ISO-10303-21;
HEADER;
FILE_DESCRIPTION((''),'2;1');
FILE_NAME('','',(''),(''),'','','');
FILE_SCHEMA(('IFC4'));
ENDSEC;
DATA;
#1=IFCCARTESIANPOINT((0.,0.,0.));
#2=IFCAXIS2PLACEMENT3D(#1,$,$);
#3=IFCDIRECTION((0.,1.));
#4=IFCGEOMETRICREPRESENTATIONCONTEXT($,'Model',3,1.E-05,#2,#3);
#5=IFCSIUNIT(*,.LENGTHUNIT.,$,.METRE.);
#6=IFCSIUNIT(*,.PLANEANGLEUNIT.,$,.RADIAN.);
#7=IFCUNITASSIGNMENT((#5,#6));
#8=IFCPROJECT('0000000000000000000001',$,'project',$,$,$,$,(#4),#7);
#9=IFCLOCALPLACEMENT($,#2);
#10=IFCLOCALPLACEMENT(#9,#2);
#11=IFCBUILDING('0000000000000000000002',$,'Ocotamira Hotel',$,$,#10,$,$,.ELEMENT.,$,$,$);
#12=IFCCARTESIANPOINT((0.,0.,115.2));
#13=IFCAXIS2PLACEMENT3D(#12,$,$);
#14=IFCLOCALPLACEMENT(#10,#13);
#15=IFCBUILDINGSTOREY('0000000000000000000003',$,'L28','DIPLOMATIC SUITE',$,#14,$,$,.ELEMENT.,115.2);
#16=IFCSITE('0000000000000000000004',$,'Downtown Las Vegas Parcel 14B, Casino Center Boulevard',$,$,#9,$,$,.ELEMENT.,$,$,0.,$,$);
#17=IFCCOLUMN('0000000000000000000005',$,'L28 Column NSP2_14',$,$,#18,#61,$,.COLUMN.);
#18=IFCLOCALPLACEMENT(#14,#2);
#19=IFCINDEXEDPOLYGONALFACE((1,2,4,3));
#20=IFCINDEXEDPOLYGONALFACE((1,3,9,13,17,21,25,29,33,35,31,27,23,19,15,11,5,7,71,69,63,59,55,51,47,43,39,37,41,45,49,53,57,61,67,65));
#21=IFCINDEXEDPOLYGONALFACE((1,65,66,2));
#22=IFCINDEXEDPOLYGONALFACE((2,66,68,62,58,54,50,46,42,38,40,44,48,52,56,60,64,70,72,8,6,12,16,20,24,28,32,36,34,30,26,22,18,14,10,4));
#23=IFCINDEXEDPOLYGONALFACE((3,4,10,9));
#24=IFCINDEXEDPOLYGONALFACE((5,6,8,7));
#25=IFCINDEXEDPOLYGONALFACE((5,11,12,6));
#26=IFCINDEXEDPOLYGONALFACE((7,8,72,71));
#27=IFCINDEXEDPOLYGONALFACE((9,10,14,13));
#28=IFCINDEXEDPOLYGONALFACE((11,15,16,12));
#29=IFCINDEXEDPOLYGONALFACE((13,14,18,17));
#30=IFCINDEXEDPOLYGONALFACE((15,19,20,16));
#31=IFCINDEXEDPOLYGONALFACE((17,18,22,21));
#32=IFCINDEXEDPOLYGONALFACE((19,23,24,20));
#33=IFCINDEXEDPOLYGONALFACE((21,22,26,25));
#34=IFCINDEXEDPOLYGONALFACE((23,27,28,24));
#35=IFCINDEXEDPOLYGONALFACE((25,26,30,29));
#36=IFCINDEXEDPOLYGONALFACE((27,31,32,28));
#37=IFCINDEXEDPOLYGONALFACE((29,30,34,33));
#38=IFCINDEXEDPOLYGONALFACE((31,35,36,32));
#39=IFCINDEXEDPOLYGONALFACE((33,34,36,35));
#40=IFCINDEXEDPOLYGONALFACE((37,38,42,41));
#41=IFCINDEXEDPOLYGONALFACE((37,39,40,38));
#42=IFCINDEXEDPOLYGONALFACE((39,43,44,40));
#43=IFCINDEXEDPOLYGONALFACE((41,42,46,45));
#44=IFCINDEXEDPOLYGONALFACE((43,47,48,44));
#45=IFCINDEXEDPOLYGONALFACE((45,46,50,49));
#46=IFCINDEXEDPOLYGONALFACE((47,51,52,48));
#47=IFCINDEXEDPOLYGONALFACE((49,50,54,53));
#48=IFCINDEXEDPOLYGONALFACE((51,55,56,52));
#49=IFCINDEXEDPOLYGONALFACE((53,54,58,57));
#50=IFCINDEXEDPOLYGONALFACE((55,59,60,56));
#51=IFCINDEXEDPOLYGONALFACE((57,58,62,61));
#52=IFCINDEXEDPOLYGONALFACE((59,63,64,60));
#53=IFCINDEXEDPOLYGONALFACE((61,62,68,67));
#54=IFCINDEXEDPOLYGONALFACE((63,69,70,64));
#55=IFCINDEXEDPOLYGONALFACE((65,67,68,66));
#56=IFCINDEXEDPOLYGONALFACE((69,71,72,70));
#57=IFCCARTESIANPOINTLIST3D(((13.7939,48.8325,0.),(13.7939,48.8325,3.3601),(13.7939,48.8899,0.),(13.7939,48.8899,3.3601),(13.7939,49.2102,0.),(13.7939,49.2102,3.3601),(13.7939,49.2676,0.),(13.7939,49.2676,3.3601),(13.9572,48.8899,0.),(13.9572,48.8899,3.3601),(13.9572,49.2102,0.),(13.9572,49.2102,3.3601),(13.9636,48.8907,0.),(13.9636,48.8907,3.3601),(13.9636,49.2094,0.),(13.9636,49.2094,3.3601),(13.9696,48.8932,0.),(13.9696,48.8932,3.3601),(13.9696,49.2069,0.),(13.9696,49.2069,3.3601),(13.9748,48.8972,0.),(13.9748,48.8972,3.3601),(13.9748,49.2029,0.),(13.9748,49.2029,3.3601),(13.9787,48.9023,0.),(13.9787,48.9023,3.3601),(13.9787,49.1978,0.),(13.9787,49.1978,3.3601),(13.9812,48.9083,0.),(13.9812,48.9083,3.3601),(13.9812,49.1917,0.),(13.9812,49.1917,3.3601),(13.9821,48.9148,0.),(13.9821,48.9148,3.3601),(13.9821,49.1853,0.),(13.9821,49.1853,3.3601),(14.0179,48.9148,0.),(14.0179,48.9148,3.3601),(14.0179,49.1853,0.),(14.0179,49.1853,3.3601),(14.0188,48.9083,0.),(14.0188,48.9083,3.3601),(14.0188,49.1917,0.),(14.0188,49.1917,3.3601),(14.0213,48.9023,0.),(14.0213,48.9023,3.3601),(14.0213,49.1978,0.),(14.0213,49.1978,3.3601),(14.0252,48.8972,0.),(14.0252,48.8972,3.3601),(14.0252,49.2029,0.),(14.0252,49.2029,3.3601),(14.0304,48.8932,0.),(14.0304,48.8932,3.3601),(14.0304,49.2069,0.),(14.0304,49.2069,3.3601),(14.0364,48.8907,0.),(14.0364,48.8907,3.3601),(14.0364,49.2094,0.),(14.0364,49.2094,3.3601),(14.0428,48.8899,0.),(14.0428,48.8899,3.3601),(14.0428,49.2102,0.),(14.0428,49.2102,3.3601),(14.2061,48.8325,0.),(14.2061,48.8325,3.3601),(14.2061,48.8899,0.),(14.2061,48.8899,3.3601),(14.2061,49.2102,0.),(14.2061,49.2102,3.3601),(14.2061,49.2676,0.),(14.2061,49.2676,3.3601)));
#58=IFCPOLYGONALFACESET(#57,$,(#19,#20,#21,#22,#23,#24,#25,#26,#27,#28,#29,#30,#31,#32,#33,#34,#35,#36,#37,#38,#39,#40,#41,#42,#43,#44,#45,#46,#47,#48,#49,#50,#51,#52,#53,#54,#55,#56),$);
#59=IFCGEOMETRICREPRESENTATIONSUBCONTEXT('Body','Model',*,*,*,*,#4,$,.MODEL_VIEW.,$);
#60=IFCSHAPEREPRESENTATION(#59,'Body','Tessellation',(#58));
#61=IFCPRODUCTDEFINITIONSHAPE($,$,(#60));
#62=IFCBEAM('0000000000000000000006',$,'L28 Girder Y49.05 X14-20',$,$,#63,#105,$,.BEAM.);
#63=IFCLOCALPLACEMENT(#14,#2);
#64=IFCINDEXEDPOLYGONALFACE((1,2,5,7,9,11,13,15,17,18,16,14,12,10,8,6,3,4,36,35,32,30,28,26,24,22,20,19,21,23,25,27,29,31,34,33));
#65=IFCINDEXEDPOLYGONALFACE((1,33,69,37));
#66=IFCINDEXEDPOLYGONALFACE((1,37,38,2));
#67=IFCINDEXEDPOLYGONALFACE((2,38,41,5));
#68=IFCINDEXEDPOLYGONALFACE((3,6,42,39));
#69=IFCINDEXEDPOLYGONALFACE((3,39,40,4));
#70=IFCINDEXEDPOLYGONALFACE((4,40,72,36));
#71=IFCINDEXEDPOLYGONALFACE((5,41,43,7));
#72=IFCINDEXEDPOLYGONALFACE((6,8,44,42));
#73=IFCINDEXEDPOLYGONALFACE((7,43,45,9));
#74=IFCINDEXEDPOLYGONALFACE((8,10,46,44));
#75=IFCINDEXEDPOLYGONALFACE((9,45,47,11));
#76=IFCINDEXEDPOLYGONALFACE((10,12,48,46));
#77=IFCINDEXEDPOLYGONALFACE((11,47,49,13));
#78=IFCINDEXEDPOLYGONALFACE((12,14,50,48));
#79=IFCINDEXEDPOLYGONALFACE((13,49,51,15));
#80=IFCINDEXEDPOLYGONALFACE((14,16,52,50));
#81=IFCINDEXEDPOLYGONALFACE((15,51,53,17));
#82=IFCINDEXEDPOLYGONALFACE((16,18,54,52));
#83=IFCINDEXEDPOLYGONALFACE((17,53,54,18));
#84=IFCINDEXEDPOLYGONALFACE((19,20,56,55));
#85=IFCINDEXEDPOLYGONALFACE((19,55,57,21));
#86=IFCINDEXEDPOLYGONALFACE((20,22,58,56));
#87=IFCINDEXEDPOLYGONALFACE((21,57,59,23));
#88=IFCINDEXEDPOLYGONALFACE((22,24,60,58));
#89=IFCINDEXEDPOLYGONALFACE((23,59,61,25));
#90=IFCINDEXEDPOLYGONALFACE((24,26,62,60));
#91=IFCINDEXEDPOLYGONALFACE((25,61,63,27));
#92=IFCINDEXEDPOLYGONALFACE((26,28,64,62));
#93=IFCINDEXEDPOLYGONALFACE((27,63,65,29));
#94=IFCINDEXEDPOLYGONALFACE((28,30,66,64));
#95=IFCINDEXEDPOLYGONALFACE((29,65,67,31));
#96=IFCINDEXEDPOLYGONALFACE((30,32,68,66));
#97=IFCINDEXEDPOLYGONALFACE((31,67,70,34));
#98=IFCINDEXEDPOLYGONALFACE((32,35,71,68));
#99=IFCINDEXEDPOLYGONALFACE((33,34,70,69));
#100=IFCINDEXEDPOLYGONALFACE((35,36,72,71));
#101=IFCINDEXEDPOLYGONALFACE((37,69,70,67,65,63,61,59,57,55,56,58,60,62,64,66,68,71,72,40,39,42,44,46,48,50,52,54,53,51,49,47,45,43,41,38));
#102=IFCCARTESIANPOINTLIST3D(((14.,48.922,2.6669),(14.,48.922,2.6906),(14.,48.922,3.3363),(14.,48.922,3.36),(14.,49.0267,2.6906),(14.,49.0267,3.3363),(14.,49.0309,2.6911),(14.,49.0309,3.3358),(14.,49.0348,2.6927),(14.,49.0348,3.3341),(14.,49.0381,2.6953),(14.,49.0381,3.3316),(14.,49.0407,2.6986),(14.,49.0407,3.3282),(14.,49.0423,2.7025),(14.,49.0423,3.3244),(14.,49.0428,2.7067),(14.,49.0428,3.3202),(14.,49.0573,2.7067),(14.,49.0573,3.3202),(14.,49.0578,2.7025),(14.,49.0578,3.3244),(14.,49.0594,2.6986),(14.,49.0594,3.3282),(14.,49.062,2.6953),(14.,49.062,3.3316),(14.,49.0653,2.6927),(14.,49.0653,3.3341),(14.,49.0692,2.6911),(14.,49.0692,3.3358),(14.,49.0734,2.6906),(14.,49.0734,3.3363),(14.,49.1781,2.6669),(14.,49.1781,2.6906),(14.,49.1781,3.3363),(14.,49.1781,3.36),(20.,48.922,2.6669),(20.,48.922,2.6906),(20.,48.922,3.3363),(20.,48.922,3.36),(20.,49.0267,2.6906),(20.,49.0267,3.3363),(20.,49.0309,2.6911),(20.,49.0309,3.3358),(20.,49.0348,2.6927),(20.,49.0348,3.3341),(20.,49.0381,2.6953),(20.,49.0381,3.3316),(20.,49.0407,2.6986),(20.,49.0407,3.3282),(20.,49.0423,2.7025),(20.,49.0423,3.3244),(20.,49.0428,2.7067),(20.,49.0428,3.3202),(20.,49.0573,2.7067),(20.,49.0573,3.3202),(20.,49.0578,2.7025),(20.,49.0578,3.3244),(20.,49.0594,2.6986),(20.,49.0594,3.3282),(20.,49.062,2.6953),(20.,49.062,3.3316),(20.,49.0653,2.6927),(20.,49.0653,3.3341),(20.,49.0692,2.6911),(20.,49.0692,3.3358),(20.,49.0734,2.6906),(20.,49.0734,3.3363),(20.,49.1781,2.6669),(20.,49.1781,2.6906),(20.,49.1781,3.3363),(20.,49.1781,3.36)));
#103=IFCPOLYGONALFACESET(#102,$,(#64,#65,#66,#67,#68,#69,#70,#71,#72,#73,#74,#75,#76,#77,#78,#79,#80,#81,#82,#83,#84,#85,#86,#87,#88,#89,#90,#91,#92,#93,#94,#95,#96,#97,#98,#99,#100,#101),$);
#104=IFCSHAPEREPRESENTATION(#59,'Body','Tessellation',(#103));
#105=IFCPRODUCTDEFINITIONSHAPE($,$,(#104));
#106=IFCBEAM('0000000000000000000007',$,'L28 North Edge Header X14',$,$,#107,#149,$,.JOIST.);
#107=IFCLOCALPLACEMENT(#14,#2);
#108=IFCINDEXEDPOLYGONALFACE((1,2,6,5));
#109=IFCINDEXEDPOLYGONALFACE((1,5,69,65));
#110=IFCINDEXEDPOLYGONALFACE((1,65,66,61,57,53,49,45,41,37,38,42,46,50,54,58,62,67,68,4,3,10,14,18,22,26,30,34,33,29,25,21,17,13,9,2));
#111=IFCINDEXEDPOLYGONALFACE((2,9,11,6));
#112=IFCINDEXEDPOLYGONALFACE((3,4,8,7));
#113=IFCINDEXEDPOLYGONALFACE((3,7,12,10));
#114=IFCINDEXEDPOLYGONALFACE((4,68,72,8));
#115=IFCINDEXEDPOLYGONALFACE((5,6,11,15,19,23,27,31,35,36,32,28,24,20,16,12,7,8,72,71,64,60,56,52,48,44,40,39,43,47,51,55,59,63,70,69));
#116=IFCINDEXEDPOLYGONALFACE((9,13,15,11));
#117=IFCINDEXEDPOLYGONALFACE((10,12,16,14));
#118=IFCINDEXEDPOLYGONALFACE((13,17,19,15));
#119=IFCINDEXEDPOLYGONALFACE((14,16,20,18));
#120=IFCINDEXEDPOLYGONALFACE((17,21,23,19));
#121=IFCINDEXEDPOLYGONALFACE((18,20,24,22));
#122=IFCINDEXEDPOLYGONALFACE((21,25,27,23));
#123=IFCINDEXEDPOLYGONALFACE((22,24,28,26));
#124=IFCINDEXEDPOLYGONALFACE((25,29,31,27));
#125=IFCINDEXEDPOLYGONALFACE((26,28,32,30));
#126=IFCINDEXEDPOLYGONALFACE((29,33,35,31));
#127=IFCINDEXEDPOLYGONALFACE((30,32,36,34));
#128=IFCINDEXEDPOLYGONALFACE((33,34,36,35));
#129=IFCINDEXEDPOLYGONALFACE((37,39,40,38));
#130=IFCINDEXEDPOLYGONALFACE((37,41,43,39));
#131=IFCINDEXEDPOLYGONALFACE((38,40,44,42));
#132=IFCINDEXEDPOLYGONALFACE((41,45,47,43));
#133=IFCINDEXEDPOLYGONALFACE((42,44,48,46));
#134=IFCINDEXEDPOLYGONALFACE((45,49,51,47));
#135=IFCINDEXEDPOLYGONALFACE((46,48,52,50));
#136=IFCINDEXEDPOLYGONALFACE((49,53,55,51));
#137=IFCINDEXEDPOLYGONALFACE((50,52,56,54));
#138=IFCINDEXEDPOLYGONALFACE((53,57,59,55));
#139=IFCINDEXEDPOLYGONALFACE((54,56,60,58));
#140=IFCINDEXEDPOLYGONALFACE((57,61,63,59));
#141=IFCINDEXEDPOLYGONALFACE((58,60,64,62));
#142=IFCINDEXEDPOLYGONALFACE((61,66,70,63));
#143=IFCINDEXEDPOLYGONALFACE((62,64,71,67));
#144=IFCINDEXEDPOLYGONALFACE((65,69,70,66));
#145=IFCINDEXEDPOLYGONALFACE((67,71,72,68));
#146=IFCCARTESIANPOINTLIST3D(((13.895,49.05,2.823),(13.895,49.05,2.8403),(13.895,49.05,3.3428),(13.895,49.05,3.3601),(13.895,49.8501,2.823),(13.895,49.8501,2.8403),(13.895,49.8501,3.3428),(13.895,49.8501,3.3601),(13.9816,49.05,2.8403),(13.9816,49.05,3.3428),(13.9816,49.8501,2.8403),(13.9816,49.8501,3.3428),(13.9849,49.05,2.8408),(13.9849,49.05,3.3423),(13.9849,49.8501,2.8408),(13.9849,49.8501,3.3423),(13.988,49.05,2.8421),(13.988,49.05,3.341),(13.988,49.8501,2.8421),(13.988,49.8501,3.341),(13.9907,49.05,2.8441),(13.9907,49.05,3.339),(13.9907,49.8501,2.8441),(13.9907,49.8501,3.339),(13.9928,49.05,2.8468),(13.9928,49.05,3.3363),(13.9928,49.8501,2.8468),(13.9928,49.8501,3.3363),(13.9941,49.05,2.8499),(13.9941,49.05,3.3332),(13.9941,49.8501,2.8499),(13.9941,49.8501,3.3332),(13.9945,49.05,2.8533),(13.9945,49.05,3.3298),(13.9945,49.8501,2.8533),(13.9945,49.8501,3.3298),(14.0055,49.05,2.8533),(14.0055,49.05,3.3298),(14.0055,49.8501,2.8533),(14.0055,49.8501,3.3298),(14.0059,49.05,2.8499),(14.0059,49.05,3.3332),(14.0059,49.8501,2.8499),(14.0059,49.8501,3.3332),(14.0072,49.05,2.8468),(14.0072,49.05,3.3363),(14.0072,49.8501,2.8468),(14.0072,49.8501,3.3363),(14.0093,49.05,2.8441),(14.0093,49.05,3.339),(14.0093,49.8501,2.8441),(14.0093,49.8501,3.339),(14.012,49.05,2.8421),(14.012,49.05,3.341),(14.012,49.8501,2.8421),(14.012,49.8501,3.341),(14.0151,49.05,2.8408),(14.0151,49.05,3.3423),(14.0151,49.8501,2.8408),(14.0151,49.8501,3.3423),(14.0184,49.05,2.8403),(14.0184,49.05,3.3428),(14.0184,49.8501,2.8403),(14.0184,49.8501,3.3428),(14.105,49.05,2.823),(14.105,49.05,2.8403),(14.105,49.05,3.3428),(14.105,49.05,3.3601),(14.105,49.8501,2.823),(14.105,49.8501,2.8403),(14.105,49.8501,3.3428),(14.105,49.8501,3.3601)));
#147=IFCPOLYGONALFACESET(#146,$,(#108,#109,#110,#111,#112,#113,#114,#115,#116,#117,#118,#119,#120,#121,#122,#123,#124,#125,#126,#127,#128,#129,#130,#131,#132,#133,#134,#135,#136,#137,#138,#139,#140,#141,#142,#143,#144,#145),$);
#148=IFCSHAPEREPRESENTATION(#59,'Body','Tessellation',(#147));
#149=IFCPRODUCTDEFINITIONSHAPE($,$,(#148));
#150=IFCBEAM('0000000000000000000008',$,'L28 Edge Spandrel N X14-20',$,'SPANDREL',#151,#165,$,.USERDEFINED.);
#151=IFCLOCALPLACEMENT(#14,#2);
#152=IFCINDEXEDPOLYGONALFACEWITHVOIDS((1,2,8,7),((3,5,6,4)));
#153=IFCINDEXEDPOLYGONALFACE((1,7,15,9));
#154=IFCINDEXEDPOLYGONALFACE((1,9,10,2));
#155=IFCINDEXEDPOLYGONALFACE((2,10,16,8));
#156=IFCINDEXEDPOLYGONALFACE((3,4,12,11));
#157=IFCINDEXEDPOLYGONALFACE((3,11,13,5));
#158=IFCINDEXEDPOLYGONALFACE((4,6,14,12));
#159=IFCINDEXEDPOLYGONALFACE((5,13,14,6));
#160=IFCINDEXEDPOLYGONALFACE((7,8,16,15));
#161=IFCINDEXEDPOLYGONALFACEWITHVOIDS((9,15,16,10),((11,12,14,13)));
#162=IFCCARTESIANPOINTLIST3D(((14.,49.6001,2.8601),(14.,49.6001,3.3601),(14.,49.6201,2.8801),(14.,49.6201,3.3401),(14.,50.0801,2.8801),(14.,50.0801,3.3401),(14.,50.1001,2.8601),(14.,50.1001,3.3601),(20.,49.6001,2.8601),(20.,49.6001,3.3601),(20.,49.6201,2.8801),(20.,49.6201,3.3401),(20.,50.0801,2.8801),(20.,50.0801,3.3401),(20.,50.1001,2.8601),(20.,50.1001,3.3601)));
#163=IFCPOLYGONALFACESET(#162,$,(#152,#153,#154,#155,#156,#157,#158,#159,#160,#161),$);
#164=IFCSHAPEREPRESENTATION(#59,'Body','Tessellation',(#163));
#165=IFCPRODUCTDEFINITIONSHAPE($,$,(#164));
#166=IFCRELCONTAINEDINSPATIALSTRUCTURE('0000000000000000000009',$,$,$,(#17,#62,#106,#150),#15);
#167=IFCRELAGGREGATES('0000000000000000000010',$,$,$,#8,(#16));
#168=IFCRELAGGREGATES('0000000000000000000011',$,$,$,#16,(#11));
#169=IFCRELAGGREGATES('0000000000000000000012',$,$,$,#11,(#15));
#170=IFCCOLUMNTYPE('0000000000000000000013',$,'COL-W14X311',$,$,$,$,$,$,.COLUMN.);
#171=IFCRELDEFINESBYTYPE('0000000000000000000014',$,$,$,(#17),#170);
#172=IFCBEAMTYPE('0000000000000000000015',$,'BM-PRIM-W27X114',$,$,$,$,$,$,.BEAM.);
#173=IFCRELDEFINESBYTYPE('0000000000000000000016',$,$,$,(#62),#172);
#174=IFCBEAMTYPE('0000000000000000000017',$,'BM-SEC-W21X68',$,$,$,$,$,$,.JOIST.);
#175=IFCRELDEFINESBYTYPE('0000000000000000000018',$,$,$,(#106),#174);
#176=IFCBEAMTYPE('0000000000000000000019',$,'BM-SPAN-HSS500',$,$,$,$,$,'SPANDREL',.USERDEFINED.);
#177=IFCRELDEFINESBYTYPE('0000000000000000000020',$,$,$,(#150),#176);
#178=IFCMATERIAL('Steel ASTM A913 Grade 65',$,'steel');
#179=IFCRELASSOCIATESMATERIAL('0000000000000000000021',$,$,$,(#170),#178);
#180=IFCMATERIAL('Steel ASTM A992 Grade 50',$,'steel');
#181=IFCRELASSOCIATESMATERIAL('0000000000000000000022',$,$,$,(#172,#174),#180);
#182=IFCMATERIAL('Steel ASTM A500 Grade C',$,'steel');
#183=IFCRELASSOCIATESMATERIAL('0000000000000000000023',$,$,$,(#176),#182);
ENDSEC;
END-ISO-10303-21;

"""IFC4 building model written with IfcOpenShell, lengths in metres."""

from ifc_helpers import new_model, si_unit, direction, frame, origin, origin_2d, place, context, subcontext, project, spatial, hollow_rectangle, i_section, extrude, source, transform, mapped, material, material_profile, profile_set, type_object, element, save


model = new_model("IFC4")

# Units and contexts
model_context = context("Model", 3, precision=1e-05, world=origin(), true_north=direction((0.0, 1.0)))
body_context = subcontext(model_context, "Body", "Model", "MODEL_VIEW")
ifc_project = project(units=[si_unit("LENGTHUNIT", "METRE"), si_unit("PLANEANGLEUNIT", "RADIAN")], contexts=[model_context])

# Site, building, storey
site_placement = place(None, origin())
site = spatial("IfcSite", under=ifc_project, at=site_placement, Name="Downtown Las Vegas Parcel 14B, Casino Center Boulevard", CompositionType="ELEMENT", RefElevation=0.0)
building_placement = place(site_placement, origin())
building = spatial("IfcBuilding", under=site, at=building_placement, Name="Ocotamira Hotel", CompositionType="ELEMENT")
storey_placement = place(building_placement, frame((0.0, 0.0, 115.2)))
storey = spatial("IfcBuildingStorey", under=building, at=storey_placement, Name="L28", Description="DIPLOMATIC SUITE", CompositionType="ELEMENT", Elevation=115.2)

# Column
ifc_material_1 = material(Name="Steel ASTM A913 Grade 65", Category="steel")
ifc_material_profile_1 = material_profile(ifc_material_1, i_section(OverallWidth=0.4121, OverallDepth=0.4351, WebThickness=0.0359, FlangeThickness=0.0574, FilletRadius=0.0249, at=origin_2d()), Name="W14X311")
ifc_profile_set_1 = profile_set([ifc_material_profile_1], Name="Steel ASTM A913 Grade 65")
column_type = type_object("IfcColumnType", Name="COL-W14X311", PredefinedType="COLUMN", material=ifc_profile_set_1)
shared_shape_1 = source(origin(), body_context, "Body", "SweptSolid", [
    extrude(i_section(OverallWidth=0.4121, OverallDepth=0.4351, WebThickness=0.0359, FlangeThickness=0.0574, FilletRadius=0.0249, at=origin_2d()), origin(), (0.0, 0.0, 1.0), 3.3601),
])
column_placement = place(storey_placement, frame((14.0, 49.05, 0.0), z_axis=(0.0, 0.0, 1.0), x_axis=(1.0, 0.0, 0.0)))
element("IfcColumn", 1, at=column_placement, inside=storey, type_object=column_type, Name="L28 Column NSP2_14", PredefinedType="COLUMN", context=body_context, shape_type="MappedRepresentation", body=[
    mapped(shared_shape_1, transform((0.0, 0.0, 0.0), scale=1.0)),
])

# Beams
ifc_material_2 = material(Name="Steel ASTM A992 Grade 50", Category="steel")
ifc_material_profile_2 = material_profile(ifc_material_2, i_section(OverallWidth=0.2561, OverallDepth=0.6931, WebThickness=0.0144, FlangeThickness=0.0237, FilletRadius=0.0161, at=origin_2d()), Name="W27X114")
ifc_profile_set_2 = profile_set([ifc_material_profile_2], Name="Steel ASTM A992 Grade 50")
beam_type_1 = type_object("IfcBeamType", Name="BM-PRIM-W27X114", PredefinedType="BEAM", material=ifc_profile_set_2)
shared_shape_2 = source(origin(), body_context, "Body", "SweptSolid", [
    extrude(i_section(OverallWidth=0.2561, OverallDepth=0.6931, WebThickness=0.0144, FlangeThickness=0.0237, FilletRadius=0.0161, at=origin_2d()), origin(), (0.0, 0.0, 1.0), 6.0),
])
beam_1_placement = place(storey_placement, frame((14.0, 49.05, 3.0134), z_axis=(1.0, 0.0, 0.0), x_axis=(0.0, 1.0, 0.0)))
element("IfcBeam", 2, at=beam_1_placement, inside=storey, type_object=beam_type_1, Name="L28 Girder Y49.05 X14-20", PredefinedType="BEAM", context=body_context, shape_type="MappedRepresentation", body=[
    mapped(shared_shape_2, transform((0.0, 0.0, 0.0), scale=1.0)),
])
ifc_material_profile_3 = material_profile(ifc_material_2, i_section(OverallWidth=0.21, OverallDepth=0.5371, WebThickness=0.011, FlangeThickness=0.0173, FilletRadius=0.0129, at=origin_2d()), Name="W21X68")
ifc_profile_set_3 = profile_set([ifc_material_profile_3], Name="Steel ASTM A992 Grade 50")
beam_type_2 = type_object("IfcBeamType", Name="BM-SEC-W21X68", PredefinedType="JOIST", material=ifc_profile_set_3)
shared_shape_3 = source(origin(), body_context, "Body", "SweptSolid", [
    extrude(i_section(OverallWidth=0.21, OverallDepth=0.5371, WebThickness=0.011, FlangeThickness=0.0173, FilletRadius=0.0129, at=origin_2d()), origin(), (0.0, 0.0, 1.0), 0.8),
])
beam_2_placement = place(storey_placement, frame((14.0, 49.05, 3.0916), z_axis=(0.0, 1.0, 0.0), x_axis=(-1.0, 0.0, 0.0)))
element("IfcBeam", 3, at=beam_2_placement, inside=storey, type_object=beam_type_2, Name="L28 North Edge Header X14", PredefinedType="JOIST", context=body_context, shape_type="MappedRepresentation", body=[
    mapped(shared_shape_3, transform((0.0, 0.0, 0.0), scale=1.0)),
])
ifc_material_3 = material(Name="Steel ASTM A500 Grade C", Category="steel")
ifc_material_profile_4 = material_profile(ifc_material_3, hollow_rectangle(XDim=0.5, YDim=0.5, WallThickness=0.02, at=origin_2d()), Name="HSS500X500X20")
ifc_profile_set_4 = profile_set([ifc_material_profile_4], Name="Steel ASTM A500 Grade C")
beam_type_3 = type_object("IfcBeamType", Name="BM-SPAN-HSS500", ElementType="SPANDREL", PredefinedType="USERDEFINED", material=ifc_profile_set_4)
shared_shape_4 = source(origin(), body_context, "Body", "SweptSolid", [
    extrude(hollow_rectangle(XDim=0.5, YDim=0.5, WallThickness=0.02, at=origin_2d()), origin(), (0.0, 0.0, 1.0), 6.0),
])
beam_3_placement = place(storey_placement, frame((14.0, 49.8501, 3.1101), z_axis=(1.0, 0.0, 0.0), x_axis=(0.0, 1.0, 0.0)))
element("IfcBeam", 4, at=beam_3_placement, inside=storey, type_object=beam_type_3, Name="L28 Edge Spandrel N X14-20", ObjectType="SPANDREL", PredefinedType="USERDEFINED", context=body_context, shape_type="MappedRepresentation", body=[
    mapped(shared_shape_4, transform((0.0, 0.0, 0.0), scale=1.0)),
])

save(model, "model.ifc")
